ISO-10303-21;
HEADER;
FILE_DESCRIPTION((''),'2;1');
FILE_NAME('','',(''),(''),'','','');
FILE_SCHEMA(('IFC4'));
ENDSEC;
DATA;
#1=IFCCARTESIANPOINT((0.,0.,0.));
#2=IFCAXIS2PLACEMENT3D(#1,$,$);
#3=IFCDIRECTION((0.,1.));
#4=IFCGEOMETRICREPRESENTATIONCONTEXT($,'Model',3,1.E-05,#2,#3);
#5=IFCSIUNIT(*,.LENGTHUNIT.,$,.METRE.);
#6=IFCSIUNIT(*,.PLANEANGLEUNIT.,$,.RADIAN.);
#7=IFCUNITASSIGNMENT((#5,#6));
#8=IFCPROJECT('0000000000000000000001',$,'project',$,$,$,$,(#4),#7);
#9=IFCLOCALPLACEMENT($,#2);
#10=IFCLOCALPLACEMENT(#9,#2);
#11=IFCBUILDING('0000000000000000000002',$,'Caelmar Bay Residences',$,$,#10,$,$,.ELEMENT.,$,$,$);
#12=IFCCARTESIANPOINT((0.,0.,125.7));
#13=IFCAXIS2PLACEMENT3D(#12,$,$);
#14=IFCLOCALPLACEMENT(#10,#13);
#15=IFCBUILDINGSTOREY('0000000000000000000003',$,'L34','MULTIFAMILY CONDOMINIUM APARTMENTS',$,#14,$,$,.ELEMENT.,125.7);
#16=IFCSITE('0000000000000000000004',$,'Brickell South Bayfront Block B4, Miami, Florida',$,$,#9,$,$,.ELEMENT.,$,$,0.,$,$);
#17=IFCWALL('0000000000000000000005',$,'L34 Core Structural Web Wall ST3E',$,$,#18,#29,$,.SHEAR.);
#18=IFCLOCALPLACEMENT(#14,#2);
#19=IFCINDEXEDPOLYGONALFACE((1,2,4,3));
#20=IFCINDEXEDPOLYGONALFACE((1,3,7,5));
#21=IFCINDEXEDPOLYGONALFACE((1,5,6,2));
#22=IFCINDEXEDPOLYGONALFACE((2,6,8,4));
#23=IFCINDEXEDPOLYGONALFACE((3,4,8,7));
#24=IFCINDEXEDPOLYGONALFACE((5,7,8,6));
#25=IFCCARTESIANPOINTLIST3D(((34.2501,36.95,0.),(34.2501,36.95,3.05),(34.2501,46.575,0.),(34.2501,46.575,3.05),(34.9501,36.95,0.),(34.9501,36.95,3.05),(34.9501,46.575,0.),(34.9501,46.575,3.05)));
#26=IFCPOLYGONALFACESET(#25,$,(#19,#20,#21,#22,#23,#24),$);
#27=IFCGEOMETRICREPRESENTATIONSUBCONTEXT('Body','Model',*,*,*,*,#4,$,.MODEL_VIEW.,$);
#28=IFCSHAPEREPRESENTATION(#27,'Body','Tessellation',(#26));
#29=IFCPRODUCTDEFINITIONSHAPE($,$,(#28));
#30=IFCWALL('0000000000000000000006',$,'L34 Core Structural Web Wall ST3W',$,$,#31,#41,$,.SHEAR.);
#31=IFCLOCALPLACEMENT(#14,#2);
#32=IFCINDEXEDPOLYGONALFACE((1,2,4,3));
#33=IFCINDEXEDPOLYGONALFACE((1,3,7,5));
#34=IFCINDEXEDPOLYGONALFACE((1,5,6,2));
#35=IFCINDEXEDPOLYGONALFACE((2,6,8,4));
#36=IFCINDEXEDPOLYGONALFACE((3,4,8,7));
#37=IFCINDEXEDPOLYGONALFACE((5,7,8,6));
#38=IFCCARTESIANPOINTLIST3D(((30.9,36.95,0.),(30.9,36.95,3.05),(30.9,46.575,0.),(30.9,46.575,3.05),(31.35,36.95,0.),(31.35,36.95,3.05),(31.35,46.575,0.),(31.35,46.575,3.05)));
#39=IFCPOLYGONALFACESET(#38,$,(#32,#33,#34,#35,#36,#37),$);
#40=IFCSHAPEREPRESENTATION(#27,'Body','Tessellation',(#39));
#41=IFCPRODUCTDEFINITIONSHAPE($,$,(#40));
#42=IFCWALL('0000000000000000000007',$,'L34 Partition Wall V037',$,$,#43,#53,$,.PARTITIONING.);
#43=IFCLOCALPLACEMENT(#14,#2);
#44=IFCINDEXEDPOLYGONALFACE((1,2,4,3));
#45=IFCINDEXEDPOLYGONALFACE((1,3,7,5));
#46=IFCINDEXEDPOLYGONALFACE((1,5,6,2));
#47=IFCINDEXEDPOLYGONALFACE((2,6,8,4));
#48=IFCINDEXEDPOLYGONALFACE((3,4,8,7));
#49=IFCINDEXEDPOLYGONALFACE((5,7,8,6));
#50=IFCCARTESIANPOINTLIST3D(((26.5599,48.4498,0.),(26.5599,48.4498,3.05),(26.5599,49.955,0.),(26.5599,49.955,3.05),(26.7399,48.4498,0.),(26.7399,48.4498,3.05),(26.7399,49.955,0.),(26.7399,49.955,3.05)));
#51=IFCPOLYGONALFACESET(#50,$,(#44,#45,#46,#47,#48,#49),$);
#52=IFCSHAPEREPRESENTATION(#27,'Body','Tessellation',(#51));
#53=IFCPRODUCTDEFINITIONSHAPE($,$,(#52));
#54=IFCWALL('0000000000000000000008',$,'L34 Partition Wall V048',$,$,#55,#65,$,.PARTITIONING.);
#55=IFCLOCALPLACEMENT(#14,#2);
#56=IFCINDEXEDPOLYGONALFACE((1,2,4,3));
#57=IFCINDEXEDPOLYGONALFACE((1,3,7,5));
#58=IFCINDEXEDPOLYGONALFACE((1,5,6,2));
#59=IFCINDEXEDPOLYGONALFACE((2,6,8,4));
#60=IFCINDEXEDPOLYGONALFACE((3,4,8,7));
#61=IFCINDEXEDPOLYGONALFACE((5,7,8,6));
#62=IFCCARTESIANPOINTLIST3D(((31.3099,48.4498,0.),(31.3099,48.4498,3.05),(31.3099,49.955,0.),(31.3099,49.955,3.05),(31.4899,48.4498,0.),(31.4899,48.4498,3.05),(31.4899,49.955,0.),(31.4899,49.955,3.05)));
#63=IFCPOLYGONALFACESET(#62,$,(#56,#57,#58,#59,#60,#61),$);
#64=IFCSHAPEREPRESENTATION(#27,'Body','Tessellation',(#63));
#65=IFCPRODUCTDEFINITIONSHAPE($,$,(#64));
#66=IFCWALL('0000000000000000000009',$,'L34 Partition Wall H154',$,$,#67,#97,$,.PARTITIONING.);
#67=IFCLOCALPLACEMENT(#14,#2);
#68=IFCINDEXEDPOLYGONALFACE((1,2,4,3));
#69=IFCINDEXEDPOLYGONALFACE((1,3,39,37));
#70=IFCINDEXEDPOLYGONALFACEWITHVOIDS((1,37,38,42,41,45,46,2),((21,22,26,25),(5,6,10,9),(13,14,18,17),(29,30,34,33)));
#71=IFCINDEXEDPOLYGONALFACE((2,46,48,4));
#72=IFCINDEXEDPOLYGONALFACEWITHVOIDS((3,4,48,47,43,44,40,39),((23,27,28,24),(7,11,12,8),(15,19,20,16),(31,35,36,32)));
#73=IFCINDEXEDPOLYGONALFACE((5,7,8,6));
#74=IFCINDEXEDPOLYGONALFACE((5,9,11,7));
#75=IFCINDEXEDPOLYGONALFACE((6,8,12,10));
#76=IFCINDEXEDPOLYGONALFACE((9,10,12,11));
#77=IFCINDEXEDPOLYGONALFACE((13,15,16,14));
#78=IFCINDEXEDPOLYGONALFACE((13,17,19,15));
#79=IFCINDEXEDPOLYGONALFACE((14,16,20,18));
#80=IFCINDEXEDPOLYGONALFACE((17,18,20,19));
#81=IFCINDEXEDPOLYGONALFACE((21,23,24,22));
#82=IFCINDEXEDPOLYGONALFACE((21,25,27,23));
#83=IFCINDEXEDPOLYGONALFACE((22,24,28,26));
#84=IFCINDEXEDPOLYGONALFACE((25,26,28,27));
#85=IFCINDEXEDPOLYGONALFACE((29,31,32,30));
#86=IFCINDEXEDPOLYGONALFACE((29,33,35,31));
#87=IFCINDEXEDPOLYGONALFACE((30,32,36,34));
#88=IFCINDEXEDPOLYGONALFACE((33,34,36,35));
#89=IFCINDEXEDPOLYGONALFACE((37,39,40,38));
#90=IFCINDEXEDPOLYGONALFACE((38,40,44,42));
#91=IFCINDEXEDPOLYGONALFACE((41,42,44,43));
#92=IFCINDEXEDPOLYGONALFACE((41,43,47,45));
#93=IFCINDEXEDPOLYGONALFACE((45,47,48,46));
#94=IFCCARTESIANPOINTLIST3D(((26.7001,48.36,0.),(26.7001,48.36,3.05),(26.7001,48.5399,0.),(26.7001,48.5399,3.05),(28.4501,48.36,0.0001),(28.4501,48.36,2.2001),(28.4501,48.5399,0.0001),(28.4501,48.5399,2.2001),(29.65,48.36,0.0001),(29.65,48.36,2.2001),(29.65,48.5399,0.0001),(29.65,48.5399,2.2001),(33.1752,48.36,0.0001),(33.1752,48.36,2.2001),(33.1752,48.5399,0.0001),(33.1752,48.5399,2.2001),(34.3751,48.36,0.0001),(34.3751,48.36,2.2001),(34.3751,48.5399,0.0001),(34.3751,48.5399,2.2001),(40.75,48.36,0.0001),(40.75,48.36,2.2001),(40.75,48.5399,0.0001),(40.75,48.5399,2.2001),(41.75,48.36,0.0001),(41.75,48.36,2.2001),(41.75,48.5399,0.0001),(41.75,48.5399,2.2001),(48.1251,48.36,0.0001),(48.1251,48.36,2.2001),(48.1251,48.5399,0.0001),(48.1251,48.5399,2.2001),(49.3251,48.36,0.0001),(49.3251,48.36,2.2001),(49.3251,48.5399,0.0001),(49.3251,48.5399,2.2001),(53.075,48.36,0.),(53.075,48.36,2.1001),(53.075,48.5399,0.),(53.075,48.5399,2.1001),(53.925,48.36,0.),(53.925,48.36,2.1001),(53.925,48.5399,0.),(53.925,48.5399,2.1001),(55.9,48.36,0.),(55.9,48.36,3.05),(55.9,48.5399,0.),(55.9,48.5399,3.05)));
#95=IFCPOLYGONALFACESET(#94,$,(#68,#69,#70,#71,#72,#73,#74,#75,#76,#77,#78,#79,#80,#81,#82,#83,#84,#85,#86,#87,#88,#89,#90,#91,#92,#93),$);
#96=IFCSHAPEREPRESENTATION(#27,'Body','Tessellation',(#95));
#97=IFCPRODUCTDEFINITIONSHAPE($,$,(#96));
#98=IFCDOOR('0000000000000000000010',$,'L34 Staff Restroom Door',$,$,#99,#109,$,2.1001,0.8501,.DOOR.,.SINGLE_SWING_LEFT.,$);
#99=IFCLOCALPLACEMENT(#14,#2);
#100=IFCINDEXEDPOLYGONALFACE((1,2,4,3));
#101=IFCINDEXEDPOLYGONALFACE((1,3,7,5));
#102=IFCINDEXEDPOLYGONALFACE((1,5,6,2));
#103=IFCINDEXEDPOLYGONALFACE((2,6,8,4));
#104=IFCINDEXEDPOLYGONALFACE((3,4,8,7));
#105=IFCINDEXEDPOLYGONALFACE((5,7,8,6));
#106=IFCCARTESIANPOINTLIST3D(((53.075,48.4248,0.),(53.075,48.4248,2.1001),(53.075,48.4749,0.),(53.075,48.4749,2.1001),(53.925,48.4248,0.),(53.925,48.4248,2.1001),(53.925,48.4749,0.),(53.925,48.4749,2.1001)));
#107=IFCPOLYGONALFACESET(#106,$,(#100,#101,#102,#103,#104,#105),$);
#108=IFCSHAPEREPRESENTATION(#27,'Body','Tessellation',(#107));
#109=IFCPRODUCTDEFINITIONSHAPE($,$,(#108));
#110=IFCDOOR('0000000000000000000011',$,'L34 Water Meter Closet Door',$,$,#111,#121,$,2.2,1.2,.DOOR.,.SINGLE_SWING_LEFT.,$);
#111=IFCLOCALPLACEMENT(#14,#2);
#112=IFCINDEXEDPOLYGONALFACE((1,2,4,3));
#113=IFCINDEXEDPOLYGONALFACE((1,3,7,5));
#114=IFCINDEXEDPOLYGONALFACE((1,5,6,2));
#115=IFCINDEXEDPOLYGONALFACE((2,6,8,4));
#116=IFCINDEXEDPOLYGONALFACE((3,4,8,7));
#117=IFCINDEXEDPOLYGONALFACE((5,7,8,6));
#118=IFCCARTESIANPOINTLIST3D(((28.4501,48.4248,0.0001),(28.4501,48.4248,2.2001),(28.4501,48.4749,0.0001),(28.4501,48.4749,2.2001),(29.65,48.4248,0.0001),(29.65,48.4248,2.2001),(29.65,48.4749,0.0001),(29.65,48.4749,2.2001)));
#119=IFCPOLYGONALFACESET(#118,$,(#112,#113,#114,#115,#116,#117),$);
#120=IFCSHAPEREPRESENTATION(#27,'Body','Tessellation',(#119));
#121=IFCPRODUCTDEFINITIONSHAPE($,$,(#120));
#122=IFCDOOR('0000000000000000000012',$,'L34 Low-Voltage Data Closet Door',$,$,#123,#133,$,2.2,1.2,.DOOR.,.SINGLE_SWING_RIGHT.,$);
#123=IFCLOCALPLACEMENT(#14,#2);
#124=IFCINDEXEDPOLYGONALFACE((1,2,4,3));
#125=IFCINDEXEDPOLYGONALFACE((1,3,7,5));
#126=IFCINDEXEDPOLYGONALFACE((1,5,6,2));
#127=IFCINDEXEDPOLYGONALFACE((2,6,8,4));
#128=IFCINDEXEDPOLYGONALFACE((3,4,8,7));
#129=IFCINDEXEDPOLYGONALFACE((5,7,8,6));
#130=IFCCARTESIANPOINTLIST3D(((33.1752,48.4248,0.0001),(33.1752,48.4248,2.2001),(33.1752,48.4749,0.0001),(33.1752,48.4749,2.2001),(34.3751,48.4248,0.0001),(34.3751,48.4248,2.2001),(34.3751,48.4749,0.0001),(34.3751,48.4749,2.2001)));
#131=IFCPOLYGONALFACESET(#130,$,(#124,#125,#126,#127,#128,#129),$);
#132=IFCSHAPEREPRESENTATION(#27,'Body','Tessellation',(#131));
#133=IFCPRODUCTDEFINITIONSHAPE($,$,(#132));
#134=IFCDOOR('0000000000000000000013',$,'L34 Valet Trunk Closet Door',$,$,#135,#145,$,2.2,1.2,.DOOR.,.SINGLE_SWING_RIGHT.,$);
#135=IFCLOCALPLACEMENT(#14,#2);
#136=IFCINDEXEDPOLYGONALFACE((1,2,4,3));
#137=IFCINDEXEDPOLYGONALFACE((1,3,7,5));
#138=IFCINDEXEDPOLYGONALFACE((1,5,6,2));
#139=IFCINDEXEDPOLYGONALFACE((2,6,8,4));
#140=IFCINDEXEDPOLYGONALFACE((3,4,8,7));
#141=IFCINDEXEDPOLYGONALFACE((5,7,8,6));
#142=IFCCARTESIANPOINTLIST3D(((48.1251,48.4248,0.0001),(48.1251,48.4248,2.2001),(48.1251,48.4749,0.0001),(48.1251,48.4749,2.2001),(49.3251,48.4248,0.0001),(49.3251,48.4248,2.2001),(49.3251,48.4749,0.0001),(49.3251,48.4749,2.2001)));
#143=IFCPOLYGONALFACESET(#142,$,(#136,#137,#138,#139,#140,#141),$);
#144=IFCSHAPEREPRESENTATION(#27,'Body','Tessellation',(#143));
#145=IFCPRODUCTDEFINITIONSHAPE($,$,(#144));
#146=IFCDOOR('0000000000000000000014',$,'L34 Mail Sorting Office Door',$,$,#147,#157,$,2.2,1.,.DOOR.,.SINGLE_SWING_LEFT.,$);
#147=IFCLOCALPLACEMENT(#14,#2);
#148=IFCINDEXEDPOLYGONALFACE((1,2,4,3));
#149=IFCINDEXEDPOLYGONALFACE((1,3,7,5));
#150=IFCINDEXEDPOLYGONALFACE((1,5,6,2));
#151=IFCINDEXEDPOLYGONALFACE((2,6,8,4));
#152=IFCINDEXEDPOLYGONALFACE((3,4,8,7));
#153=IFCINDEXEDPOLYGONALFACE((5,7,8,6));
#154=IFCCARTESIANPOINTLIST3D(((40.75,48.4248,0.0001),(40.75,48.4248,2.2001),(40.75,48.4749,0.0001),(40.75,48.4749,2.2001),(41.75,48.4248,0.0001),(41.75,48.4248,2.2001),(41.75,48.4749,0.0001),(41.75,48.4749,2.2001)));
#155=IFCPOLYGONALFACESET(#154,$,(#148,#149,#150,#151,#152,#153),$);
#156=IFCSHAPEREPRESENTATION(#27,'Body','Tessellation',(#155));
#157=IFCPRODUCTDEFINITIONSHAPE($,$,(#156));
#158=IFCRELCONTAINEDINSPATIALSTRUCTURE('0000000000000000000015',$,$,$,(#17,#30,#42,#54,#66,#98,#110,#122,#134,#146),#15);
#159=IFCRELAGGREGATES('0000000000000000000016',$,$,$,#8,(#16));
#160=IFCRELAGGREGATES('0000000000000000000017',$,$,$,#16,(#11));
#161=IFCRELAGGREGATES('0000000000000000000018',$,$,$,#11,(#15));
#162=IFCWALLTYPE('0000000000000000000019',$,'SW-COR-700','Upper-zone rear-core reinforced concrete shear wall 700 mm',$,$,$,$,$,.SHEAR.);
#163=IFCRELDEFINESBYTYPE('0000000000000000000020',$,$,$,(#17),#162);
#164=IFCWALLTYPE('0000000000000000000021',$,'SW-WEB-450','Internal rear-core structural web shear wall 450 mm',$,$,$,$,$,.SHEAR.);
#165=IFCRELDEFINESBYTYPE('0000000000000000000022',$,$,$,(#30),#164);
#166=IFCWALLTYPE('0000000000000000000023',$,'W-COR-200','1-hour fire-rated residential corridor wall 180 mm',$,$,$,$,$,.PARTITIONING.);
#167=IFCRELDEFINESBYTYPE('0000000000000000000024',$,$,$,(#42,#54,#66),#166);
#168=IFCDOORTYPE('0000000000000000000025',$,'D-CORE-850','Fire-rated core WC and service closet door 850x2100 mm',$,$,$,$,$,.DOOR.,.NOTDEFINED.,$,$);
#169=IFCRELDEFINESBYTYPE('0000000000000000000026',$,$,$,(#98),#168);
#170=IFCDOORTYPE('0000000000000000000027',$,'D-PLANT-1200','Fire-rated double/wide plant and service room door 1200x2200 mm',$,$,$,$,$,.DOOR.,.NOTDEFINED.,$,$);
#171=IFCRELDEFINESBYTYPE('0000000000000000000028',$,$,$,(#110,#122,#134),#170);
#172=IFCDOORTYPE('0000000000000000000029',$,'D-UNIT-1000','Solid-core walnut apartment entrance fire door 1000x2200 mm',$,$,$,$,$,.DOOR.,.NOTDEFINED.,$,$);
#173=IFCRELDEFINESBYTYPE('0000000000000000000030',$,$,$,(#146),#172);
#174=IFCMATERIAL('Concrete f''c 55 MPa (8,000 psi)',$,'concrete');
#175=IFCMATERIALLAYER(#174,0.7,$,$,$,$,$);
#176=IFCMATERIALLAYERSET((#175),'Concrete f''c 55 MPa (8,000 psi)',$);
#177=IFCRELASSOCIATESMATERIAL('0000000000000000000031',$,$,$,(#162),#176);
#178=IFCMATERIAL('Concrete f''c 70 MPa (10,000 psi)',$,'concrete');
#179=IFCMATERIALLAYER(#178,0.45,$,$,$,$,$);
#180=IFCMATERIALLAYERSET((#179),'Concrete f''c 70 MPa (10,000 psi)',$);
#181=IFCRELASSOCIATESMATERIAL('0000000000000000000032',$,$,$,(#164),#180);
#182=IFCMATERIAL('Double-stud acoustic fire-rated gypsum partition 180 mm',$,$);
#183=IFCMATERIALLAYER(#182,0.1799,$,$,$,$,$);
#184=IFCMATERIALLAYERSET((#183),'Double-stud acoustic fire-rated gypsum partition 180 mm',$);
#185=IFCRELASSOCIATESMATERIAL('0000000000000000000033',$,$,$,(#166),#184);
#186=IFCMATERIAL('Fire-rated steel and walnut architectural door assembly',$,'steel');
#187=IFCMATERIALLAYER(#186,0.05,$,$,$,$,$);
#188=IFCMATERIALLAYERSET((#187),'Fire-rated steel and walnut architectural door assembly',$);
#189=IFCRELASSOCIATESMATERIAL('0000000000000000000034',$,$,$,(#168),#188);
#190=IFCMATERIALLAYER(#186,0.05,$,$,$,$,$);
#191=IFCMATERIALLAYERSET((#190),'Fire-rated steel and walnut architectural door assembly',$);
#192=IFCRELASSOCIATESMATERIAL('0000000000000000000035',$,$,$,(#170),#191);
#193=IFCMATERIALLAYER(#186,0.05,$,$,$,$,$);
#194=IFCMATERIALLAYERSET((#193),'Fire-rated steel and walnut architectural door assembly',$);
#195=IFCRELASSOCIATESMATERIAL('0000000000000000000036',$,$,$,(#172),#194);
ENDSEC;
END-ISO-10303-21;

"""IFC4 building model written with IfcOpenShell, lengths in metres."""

from ifc_helpers import new_model, si_unit, direction, frame, frame_2d, origin, place, context, subcontext, project, spatial, rectangle, extrude, material, layer, layer_set, type_object, element, fill, save


model = new_model("IFC4")

# Units and contexts
model_context = context("Model", 3, precision=1e-05, world=origin(), true_north=direction((0.0, 1.0)))
body_context = subcontext(model_context, "Body", "Model", "MODEL_VIEW")
ifc_project = project(units=[si_unit("LENGTHUNIT", "METRE"), si_unit("PLANEANGLEUNIT", "RADIAN")], contexts=[model_context])

# Site, building, storey
site_placement = place(None, origin())
site = spatial("IfcSite", under=ifc_project, at=site_placement, Name="Brickell South Bayfront Block B4, Miami, Florida", CompositionType="ELEMENT", RefElevation=0.0)
building_placement = place(site_placement, origin())
building = spatial("IfcBuilding", under=site, at=building_placement, Name="Caelmar Bay Residences", CompositionType="ELEMENT")
storey_placement = place(building_placement, frame((0.0, 0.0, 125.7)))
storey = spatial("IfcBuildingStorey", under=building, at=storey_placement, Name="L34", Description="MULTIFAMILY CONDOMINIUM APARTMENTS", CompositionType="ELEMENT", Elevation=125.7)

# Walls
ifc_material_1 = material(Name="Concrete f'c 55 MPa (8,000 psi)", Category="concrete")
ifc_layer_1 = layer(ifc_material_1, 0.7)
ifc_layer_set_1 = layer_set([ifc_layer_1], Name="Concrete f'c 55 MPa (8,000 psi)")
wall_type_1 = type_object("IfcWallType", Name="SW-COR-700", Description="Upper-zone rear-core reinforced concrete shear wall 700 mm", PredefinedType="SHEAR", material=ifc_layer_set_1)
wall_1_placement = place(storey_placement, frame((34.6001, 36.95, 0.0), z_axis=(0.0, 0.0, 1.0), x_axis=(0.0, 1.0, 0.0)))
element("IfcWall", 1, at=wall_1_placement, inside=storey, type_object=wall_type_1, Name="L34 Core Structural Web Wall ST3E", PredefinedType="SHEAR", context=body_context, shape_type="SweptSolid", body=[
    extrude(rectangle(XDim=9.625, YDim=0.7, at=frame_2d((4.8125, 0.0))), origin(), (0.0, 0.0, 1.0), 3.05),
])
ifc_material_2 = material(Name="Concrete f'c 70 MPa (10,000 psi)", Category="concrete")
ifc_layer_2 = layer(ifc_material_2, 0.45)
ifc_layer_set_2 = layer_set([ifc_layer_2], Name="Concrete f'c 70 MPa (10,000 psi)")
wall_type_2 = type_object("IfcWallType", Name="SW-WEB-450", Description="Internal rear-core structural web shear wall 450 mm", PredefinedType="SHEAR", material=ifc_layer_set_2)
wall_2_placement = place(storey_placement, frame((31.125, 36.95, 0.0), z_axis=(0.0, 0.0, 1.0), x_axis=(0.0, 1.0, 0.0)))
element("IfcWall", 2, at=wall_2_placement, inside=storey, type_object=wall_type_2, Name="L34 Core Structural Web Wall ST3W", PredefinedType="SHEAR", context=body_context, shape_type="SweptSolid", body=[
    extrude(rectangle(XDim=9.625, YDim=0.45, at=frame_2d((4.8125, 0.0))), origin(), (0.0, 0.0, 1.0), 3.05),
])
ifc_material_3 = material(Name="Double-stud acoustic fire-rated gypsum partition 180 mm")
ifc_layer_3 = layer(ifc_material_3, 0.1799)
ifc_layer_set_3 = layer_set([ifc_layer_3], Name="Double-stud acoustic fire-rated gypsum partition 180 mm")
wall_type_3 = type_object("IfcWallType", Name="W-COR-200", Description="1-hour fire-rated residential corridor wall 180 mm", PredefinedType="PARTITIONING", material=ifc_layer_set_3)
for number, where, z_axis, x_axis, name in (
    (3, (26.6499, 48.45, 0.0), (0.0, 0.0, 1.0), (0.0, 1.0, 0.0), "L34 Partition Wall V037"),
    (4, (31.3999, 48.45, 0.0), (0.0, 0.0, 1.0), (0.0, 1.0, 0.0), "L34 Partition Wall V048"),
):
    element("IfcWall", number, at=place(storey_placement, frame(where, z_axis=z_axis, x_axis=x_axis)), inside=storey, type_object=wall_type_3, Name=name, PredefinedType="PARTITIONING", context=body_context, shape_type="SweptSolid", body=[
        extrude(rectangle(XDim=1.5051, YDim=0.1799, at=frame_2d((0.7524, 0.0))), origin(), (0.0, 0.0, 1.0), 3.05),
    ])

# Wall, openings, doors
wall_3_placement = place(storey_placement, frame((26.7, 48.45, 0.0), z_axis=(0.0, 0.0, 1.0), x_axis=(1.0, 0.0, 0.0)))
wall_3 = element("IfcWall", 5, at=wall_3_placement, inside=storey, type_object=wall_type_3, Name="L34 Partition Wall H154", PredefinedType="PARTITIONING", context=body_context, shape_type="SweptSolid", body=[
    extrude(rectangle(XDim=29.2, YDim=0.1799, at=frame_2d((14.6001, 0.0))), origin(), (0.0, 0.0, 1.0), 3.05),
])
opening_1_placement = place(wall_3_placement, frame((1.75, 0.0, 0.0)))
opening_1 = element("IfcOpeningElement", 6, at=opening_1_placement, cuts=wall_3, PredefinedType="OPENING", context=body_context, shape_type="SweptSolid", body=[
    extrude(rectangle(XDim=1.2, YDim=2.2, at=frame_2d((0.6001, 1.1001))), frame((0.0, 0.0999, 0.0), z_axis=(0.0, -1.0, 0.0), x_axis=(1.0, 0.0, 0.0)), (0.0, 0.0, 1.0), 0.2),
])
opening_2_placement = place(wall_3_placement, frame((6.4751, 0.0, 0.0)))
opening_2 = element("IfcOpeningElement", 7, at=opening_2_placement, cuts=wall_3, PredefinedType="OPENING", context=body_context, shape_type="SweptSolid", body=[
    extrude(rectangle(XDim=1.2, YDim=2.2, at=frame_2d((0.6001, 1.1001))), frame((0.0, 0.0999, 0.0), z_axis=(0.0, -1.0, 0.0), x_axis=(1.0, 0.0, 0.0)), (0.0, 0.0, 1.0), 0.2),
])
opening_3_placement = place(wall_3_placement, frame((14.05, 0.0, 0.0)))
opening_3 = element("IfcOpeningElement", 8, at=opening_3_placement, cuts=wall_3, PredefinedType="OPENING", context=body_context, shape_type="SweptSolid", body=[
    extrude(rectangle(XDim=1.0, YDim=2.2, at=frame_2d((0.5, 1.1001))), frame((0.0, 0.0999, 0.0), z_axis=(0.0, -1.0, 0.0), x_axis=(1.0, 0.0, 0.0)), (0.0, 0.0, 1.0), 0.2),
])
opening_4_placement = place(wall_3_placement, frame((21.425, 0.0, 0.0)))
opening_4 = element("IfcOpeningElement", 9, at=opening_4_placement, cuts=wall_3, PredefinedType="OPENING", context=body_context, shape_type="SweptSolid", body=[
    extrude(rectangle(XDim=1.2, YDim=2.2, at=frame_2d((0.6001, 1.1001))), frame((0.0, 0.0999, 0.0), z_axis=(0.0, -1.0, 0.0), x_axis=(1.0, 0.0, 0.0)), (0.0, 0.0, 1.0), 0.2),
])
opening_5_placement = place(wall_3_placement, frame((26.375, 0.0, 0.0)))
opening_5 = element("IfcOpeningElement", 10, at=opening_5_placement, cuts=wall_3, PredefinedType="OPENING", context=body_context, shape_type="SweptSolid", body=[
    extrude(rectangle(XDim=0.8501, YDim=2.1001, at=frame_2d((0.425, 1.05))), frame((0.0, 0.0999, 0.0), z_axis=(0.0, -1.0, 0.0), x_axis=(1.0, 0.0, 0.0)), (0.0, 0.0, 1.0), 0.2),
])
ifc_material_4 = material(Name="Fire-rated steel and walnut architectural door assembly", Category="steel")
ifc_layer_4 = layer(ifc_material_4, 0.05)
ifc_layer_set_4 = layer_set([ifc_layer_4], Name="Fire-rated steel and walnut architectural door assembly")
door_type_1 = type_object("IfcDoorType", Name="D-CORE-850", Description="Fire-rated core WC and service closet door 850x2100 mm", OperationType="NOTDEFINED", PredefinedType="DOOR", material=ifc_layer_set_4)
door_1_placement = place(opening_5_placement, origin())
door_1 = element("IfcDoor", 11, at=door_1_placement, inside=storey, type_object=door_type_1, Name="L34 Staff Restroom Door", OperationType="SINGLE_SWING_LEFT", OverallHeight=2.1001, OverallWidth=0.8501, PredefinedType="DOOR", context=body_context, shape_type="SweptSolid", body=[
    extrude(rectangle(XDim=0.8501, YDim=2.1001, at=frame_2d((0.425, 1.05))), frame((0.0, 0.0249, 0.0), z_axis=(0.0, -1.0, 0.0), x_axis=(1.0, 0.0, 0.0)), (0.0, 0.0, 1.0), 0.05),
])
fill(opening_5, door_1)
ifc_layer_5 = layer(ifc_material_4, 0.05)
ifc_layer_set_5 = layer_set([ifc_layer_5], Name="Fire-rated steel and walnut architectural door assembly")
door_type_2 = type_object("IfcDoorType", Name="D-PLANT-1200", Description="Fire-rated double/wide plant and service room door 1200x2200 mm", OperationType="NOTDEFINED", PredefinedType="DOOR", material=ifc_layer_set_5)
door_2_placement = place(opening_1_placement, origin())
door_2 = element("IfcDoor", 12, at=door_2_placement, inside=storey, type_object=door_type_2, Name="L34 Water Meter Closet Door", OperationType="SINGLE_SWING_LEFT", OverallHeight=2.2, OverallWidth=1.2, PredefinedType="DOOR", context=body_context, shape_type="SweptSolid", body=[
    extrude(rectangle(XDim=1.2, YDim=2.2, at=frame_2d((0.6001, 1.1001))), frame((0.0, 0.0249, 0.0), z_axis=(0.0, -1.0, 0.0), x_axis=(1.0, 0.0, 0.0)), (0.0, 0.0, 1.0), 0.05),
])
fill(opening_1, door_2)
door_3_placement = place(opening_2_placement, origin())
door_3 = element("IfcDoor", 13, at=door_3_placement, inside=storey, type_object=door_type_2, Name="L34 Low-Voltage Data Closet Door", OperationType="SINGLE_SWING_RIGHT", OverallHeight=2.2, OverallWidth=1.2, PredefinedType="DOOR", context=body_context, shape_type="SweptSolid", body=[
    extrude(rectangle(XDim=1.2, YDim=2.2, at=frame_2d((0.6001, 1.1001))), frame((0.0, 0.0249, 0.0), z_axis=(0.0, -1.0, 0.0), x_axis=(1.0, 0.0, 0.0)), (0.0, 0.0, 1.0), 0.05),
])
fill(opening_2, door_3)
door_4_placement = place(opening_4_placement, origin())
door_4 = element("IfcDoor", 14, at=door_4_placement, inside=storey, type_object=door_type_2, Name="L34 Valet Trunk Closet Door", OperationType="SINGLE_SWING_RIGHT", OverallHeight=2.2, OverallWidth=1.2, PredefinedType="DOOR", context=body_context, shape_type="SweptSolid", body=[
    extrude(rectangle(XDim=1.2, YDim=2.2, at=frame_2d((0.6001, 1.1001))), frame((0.0, 0.0249, 0.0), z_axis=(0.0, -1.0, 0.0), x_axis=(1.0, 0.0, 0.0)), (0.0, 0.0, 1.0), 0.05),
])
fill(opening_4, door_4)
ifc_layer_6 = layer(ifc_material_4, 0.05)
ifc_layer_set_6 = layer_set([ifc_layer_6], Name="Fire-rated steel and walnut architectural door assembly")
door_type_3 = type_object("IfcDoorType", Name="D-UNIT-1000", Description="Solid-core walnut apartment entrance fire door 1000x2200 mm", OperationType="NOTDEFINED", PredefinedType="DOOR", material=ifc_layer_set_6)
door_5_placement = place(opening_3_placement, origin())
door_5 = element("IfcDoor", 15, at=door_5_placement, inside=storey, type_object=door_type_3, Name="L34 Mail Sorting Office Door", OperationType="SINGLE_SWING_LEFT", OverallHeight=2.2, OverallWidth=1.0, PredefinedType="DOOR", context=body_context, shape_type="SweptSolid", body=[
    extrude(rectangle(XDim=1.0, YDim=2.2, at=frame_2d((0.5, 1.1001))), frame((0.0, 0.0249, 0.0), z_axis=(0.0, -1.0, 0.0), x_axis=(1.0, 0.0, 0.0)), (0.0, 0.0, 1.0), 0.05),
])
fill(opening_3, door_5)

save(model, "model.ifc")
